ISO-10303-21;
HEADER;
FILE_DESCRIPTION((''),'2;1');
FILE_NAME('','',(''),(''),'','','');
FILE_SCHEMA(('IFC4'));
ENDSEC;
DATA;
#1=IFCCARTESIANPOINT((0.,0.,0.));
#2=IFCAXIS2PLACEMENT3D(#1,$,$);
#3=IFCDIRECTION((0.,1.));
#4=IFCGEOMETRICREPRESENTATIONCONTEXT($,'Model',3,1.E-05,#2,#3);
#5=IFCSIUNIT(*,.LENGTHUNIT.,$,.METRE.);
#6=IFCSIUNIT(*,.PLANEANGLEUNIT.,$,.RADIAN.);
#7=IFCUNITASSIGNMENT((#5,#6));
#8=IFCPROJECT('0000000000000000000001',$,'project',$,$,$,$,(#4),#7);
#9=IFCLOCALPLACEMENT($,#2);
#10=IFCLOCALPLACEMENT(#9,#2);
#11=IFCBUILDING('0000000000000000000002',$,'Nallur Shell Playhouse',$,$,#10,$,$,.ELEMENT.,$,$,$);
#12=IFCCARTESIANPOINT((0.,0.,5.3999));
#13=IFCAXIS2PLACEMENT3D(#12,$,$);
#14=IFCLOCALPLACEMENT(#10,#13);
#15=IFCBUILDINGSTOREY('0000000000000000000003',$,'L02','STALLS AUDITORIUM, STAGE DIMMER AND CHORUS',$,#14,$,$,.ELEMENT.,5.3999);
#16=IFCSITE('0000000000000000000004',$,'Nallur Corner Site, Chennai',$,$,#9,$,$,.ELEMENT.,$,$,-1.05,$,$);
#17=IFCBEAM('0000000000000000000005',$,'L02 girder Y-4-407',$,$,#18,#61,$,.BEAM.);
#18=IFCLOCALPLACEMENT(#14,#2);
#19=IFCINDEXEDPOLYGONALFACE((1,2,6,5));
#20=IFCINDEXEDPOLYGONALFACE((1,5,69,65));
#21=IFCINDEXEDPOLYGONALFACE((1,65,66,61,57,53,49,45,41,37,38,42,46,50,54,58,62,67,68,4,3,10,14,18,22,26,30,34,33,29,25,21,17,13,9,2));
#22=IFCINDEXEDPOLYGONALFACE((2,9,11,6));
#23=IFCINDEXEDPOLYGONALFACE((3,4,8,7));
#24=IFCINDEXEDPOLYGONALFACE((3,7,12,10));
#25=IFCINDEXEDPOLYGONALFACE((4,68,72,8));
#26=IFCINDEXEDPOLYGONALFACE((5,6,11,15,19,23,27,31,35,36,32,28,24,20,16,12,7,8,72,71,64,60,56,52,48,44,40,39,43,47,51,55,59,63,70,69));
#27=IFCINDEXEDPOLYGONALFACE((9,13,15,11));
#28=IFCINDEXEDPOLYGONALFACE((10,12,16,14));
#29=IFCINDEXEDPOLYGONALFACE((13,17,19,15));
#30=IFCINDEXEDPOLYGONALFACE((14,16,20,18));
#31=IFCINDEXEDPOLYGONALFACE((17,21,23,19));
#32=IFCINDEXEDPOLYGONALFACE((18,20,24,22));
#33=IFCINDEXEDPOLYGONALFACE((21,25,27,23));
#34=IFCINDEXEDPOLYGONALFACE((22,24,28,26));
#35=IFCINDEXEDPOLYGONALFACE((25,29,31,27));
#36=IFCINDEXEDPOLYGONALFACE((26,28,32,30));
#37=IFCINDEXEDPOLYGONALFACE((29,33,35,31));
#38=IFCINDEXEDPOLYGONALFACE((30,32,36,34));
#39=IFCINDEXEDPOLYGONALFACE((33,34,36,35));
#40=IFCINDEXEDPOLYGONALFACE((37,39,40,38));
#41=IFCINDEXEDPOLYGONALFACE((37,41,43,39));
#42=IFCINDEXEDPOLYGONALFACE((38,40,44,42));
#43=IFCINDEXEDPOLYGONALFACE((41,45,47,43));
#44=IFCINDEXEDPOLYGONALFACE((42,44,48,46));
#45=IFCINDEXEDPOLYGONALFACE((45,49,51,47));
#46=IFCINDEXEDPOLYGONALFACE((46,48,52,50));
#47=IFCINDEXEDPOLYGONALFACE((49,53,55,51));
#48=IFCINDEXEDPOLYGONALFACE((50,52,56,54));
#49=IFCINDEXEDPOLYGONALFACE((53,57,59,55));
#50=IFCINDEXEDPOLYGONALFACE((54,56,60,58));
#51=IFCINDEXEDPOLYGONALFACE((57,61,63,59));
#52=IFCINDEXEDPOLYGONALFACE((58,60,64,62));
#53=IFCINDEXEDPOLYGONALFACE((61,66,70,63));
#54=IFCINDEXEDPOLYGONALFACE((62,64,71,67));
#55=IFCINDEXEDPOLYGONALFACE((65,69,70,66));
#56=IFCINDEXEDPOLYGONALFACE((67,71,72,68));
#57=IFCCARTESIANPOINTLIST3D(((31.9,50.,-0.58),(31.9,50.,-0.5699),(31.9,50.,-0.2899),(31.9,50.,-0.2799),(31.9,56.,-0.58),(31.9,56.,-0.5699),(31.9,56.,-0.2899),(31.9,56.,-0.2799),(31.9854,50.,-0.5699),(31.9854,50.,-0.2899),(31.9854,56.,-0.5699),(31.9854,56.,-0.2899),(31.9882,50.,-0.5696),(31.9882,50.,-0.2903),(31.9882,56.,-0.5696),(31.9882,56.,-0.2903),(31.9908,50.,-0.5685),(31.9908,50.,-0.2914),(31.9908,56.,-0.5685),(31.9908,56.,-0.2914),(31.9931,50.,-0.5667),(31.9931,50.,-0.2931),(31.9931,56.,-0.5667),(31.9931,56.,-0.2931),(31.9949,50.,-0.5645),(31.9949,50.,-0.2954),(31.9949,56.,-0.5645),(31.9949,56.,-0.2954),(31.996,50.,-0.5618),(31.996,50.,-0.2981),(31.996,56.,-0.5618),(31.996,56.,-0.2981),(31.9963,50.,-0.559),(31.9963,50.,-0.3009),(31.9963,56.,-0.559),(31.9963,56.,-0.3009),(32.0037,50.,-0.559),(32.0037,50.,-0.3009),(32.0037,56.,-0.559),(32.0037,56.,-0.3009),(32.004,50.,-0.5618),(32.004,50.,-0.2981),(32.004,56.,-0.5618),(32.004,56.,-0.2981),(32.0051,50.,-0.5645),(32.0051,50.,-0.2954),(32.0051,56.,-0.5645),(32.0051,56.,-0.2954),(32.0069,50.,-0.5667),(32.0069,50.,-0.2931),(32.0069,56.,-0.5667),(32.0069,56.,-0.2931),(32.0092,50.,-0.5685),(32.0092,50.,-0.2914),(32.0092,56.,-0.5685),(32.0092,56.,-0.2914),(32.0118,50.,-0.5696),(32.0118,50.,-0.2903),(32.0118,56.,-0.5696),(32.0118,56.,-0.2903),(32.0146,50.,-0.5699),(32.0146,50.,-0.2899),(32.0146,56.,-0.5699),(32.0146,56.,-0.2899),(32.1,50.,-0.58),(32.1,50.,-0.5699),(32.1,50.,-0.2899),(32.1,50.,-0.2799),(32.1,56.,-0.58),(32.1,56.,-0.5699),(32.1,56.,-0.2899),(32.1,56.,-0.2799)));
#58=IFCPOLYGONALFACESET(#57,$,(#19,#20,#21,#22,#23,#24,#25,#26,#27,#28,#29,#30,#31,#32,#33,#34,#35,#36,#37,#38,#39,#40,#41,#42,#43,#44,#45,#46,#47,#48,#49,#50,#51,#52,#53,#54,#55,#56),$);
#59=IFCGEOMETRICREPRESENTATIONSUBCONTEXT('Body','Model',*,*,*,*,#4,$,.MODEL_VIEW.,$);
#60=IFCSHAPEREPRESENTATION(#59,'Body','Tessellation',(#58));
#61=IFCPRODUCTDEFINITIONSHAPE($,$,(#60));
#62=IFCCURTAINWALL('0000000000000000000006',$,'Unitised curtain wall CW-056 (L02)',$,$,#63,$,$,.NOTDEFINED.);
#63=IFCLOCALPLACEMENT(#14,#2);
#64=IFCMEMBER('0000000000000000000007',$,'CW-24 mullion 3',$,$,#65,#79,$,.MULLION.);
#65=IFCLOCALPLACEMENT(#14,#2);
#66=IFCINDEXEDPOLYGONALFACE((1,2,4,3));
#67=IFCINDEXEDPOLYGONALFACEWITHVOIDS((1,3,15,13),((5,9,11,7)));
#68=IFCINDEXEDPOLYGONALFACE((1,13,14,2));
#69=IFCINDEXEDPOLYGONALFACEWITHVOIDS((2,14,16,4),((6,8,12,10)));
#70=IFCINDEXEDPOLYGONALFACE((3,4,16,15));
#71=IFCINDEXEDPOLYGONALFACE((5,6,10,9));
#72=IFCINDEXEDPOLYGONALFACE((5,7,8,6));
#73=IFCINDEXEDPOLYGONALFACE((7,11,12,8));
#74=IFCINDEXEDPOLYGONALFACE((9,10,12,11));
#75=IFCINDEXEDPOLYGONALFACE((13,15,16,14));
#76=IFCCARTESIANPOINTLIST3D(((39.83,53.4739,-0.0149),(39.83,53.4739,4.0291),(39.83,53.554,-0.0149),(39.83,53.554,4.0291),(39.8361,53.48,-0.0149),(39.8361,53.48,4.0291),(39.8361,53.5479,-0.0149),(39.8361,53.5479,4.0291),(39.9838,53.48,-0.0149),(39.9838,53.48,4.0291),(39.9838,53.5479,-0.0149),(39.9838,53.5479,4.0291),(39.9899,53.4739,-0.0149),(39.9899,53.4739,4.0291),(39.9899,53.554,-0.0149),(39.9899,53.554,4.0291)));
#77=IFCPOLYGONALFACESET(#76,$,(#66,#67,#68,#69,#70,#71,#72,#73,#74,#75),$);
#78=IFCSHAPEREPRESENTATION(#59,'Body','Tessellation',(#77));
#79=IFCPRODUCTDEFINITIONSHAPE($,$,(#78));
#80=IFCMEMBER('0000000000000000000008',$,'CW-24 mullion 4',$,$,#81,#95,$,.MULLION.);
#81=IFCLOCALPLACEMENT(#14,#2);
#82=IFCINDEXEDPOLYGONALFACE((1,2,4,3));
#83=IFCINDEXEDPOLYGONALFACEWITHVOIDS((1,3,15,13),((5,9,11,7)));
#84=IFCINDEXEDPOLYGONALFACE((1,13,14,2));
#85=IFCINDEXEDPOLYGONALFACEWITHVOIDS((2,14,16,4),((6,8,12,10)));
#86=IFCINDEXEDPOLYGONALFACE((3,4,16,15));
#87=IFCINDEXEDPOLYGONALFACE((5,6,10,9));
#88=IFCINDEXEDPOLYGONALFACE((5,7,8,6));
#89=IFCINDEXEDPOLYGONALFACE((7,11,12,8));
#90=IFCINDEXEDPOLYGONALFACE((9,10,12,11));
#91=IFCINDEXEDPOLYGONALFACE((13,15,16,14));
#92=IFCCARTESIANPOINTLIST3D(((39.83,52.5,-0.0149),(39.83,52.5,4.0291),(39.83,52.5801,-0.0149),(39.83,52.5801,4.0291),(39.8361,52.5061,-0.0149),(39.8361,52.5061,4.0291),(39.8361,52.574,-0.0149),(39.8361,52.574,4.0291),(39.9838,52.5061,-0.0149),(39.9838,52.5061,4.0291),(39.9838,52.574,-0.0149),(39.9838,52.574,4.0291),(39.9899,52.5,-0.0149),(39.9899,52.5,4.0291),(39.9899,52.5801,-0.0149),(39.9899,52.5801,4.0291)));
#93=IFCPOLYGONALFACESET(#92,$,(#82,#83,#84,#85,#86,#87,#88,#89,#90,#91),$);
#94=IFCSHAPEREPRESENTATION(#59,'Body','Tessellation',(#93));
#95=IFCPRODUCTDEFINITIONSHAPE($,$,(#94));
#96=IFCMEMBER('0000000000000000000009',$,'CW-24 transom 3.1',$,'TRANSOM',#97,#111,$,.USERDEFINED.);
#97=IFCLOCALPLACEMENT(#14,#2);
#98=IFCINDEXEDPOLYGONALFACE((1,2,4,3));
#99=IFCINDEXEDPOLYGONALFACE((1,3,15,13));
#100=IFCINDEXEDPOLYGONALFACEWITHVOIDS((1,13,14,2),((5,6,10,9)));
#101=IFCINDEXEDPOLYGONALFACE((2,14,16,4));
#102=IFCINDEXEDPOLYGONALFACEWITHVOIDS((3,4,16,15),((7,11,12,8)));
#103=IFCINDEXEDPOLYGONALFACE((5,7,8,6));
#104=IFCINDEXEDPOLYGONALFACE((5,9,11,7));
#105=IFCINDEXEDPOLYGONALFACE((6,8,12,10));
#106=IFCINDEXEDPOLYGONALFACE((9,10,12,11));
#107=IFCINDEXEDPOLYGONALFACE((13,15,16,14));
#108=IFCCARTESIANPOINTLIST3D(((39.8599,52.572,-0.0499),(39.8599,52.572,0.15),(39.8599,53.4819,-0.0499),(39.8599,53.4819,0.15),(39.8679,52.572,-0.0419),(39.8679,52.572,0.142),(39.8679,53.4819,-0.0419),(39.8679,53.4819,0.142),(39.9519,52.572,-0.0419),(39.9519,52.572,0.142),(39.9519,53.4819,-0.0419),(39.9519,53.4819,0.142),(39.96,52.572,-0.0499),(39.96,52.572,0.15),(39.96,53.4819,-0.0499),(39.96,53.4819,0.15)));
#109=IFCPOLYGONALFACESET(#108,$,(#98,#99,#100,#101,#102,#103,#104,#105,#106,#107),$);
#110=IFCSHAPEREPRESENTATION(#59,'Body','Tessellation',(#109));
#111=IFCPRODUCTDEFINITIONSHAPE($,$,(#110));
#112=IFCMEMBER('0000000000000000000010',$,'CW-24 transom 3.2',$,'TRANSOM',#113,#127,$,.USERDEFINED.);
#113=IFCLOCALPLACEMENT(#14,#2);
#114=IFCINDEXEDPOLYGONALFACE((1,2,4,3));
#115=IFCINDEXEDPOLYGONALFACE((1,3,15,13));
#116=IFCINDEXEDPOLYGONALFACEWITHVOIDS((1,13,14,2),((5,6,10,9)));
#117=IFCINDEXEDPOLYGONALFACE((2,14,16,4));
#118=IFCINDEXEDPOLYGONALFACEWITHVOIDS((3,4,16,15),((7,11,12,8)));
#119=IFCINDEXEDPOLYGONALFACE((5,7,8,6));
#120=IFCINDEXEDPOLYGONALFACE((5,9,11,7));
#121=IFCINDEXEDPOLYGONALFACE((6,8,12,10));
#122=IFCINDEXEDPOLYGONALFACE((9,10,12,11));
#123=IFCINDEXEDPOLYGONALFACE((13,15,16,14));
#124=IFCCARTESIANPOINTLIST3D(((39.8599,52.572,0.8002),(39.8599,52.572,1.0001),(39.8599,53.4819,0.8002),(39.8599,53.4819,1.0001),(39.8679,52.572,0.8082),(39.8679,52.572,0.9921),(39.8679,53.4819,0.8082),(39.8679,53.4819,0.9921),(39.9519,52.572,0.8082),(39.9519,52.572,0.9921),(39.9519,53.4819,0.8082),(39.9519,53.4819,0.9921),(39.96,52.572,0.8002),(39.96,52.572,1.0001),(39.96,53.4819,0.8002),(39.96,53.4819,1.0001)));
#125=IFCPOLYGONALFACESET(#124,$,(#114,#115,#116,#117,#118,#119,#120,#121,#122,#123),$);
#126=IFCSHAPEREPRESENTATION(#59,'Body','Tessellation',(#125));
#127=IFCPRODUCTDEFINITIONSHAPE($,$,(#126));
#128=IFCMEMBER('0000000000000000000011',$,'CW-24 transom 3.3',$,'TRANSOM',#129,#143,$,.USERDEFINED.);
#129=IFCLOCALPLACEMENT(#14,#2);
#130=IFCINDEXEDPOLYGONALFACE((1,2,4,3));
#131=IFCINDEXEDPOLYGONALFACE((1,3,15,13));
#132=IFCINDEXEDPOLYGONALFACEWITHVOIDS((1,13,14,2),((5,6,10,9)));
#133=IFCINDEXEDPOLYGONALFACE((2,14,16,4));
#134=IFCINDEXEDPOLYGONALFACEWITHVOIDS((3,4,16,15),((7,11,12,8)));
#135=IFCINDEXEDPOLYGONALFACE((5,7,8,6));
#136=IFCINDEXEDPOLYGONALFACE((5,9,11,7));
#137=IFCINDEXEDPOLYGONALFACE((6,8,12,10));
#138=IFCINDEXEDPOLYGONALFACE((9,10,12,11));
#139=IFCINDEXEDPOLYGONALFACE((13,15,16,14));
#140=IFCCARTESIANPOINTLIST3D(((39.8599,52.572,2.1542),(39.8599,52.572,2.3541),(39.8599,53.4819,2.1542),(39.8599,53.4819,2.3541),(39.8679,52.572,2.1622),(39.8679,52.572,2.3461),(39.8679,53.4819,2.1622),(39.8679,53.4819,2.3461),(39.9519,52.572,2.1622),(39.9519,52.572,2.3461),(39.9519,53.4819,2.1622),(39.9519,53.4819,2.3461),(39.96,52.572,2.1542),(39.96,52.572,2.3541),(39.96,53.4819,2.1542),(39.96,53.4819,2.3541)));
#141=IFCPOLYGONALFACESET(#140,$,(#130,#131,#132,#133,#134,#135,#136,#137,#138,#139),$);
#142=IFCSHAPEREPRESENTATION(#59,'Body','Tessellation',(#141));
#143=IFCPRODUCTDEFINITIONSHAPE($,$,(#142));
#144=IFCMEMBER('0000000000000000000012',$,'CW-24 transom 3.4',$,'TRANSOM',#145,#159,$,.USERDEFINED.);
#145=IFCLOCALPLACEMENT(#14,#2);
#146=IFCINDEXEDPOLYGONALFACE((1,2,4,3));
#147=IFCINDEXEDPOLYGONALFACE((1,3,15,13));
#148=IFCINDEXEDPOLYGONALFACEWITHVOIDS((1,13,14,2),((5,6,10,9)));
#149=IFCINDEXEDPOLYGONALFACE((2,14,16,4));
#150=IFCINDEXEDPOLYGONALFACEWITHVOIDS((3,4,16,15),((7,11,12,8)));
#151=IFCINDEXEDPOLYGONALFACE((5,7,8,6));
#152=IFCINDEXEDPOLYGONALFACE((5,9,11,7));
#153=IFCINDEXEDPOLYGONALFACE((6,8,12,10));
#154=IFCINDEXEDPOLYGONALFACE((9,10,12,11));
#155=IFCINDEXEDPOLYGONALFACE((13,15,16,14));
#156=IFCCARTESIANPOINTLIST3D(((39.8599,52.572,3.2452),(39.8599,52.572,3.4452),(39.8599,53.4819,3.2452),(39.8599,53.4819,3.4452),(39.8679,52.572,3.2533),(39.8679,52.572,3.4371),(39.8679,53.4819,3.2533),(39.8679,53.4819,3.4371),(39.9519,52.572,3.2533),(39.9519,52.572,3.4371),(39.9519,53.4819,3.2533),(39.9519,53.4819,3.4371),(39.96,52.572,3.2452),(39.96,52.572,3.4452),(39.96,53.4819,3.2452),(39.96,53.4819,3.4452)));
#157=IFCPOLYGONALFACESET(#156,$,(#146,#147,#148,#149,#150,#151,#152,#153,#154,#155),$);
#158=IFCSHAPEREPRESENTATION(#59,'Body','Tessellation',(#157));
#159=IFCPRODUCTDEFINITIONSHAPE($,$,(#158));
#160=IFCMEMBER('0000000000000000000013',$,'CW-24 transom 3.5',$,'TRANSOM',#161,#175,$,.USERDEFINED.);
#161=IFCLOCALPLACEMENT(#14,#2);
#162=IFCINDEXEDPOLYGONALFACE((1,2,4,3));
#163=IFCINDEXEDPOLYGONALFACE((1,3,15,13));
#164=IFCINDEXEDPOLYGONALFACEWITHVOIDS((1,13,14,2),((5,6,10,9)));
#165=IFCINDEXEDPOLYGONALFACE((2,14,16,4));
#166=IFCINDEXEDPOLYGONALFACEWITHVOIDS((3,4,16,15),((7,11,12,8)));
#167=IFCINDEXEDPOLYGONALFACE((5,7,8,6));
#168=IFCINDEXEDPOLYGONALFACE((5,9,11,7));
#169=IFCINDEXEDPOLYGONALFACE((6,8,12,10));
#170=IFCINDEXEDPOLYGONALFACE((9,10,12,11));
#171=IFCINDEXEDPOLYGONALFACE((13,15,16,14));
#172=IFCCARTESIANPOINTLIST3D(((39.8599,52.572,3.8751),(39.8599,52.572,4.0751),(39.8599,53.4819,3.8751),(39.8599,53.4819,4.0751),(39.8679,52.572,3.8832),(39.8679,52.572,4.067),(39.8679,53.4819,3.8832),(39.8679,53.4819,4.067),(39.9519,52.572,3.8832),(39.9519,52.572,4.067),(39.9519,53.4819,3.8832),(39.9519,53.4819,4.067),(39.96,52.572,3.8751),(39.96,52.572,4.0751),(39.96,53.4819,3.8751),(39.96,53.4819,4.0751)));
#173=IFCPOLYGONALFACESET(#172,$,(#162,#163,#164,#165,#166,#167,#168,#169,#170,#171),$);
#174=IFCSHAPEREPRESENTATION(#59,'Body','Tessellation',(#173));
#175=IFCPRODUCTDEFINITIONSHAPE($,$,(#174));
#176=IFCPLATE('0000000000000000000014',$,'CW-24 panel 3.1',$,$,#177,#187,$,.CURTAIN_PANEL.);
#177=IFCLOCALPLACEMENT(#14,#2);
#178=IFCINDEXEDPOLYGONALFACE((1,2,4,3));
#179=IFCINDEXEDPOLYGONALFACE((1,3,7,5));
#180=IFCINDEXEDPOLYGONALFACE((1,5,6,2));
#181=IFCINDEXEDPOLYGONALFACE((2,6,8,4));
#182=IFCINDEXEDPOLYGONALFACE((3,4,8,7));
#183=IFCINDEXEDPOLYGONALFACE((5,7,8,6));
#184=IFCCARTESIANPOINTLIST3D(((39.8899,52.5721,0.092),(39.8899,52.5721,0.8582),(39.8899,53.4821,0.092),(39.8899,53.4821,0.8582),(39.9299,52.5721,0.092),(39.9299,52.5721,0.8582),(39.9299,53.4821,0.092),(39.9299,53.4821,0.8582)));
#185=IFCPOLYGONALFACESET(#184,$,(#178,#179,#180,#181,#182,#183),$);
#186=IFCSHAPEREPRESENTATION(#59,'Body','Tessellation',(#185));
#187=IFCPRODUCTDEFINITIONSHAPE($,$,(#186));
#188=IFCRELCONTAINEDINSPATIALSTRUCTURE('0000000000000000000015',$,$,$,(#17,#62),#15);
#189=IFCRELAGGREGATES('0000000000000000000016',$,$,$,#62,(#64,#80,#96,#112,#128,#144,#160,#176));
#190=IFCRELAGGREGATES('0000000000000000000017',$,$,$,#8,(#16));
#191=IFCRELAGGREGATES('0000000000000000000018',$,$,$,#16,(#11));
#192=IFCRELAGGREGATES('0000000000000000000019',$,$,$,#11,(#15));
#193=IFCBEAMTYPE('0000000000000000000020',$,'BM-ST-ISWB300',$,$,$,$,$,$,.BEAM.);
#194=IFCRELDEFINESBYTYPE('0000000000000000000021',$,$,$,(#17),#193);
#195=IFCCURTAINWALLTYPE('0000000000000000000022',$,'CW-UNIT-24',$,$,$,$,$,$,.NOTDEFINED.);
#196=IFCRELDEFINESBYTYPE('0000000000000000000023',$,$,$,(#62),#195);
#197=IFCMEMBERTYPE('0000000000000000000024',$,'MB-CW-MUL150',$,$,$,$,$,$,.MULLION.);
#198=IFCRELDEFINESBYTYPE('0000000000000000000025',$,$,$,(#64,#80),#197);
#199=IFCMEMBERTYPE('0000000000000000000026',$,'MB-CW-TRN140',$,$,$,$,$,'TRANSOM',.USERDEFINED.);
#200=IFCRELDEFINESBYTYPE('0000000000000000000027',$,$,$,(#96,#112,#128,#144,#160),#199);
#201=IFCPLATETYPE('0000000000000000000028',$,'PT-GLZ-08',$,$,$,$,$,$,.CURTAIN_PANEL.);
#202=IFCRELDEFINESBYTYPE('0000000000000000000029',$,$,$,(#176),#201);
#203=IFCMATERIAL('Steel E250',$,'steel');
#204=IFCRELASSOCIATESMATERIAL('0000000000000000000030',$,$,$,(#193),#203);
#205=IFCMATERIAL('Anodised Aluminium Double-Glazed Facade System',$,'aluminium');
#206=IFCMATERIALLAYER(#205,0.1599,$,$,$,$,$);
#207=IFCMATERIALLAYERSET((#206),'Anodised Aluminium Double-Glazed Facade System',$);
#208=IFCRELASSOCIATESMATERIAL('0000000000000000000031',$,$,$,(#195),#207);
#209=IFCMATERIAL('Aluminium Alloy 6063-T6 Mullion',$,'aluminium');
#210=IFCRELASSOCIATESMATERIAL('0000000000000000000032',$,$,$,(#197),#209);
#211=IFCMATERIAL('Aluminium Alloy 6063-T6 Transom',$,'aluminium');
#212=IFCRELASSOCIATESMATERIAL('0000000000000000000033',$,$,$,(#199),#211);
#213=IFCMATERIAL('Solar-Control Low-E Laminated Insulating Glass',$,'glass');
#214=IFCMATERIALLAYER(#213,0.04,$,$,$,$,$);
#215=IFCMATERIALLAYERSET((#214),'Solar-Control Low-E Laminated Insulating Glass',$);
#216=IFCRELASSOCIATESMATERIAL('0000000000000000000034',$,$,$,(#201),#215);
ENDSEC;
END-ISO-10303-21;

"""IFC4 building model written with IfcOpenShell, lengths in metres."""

from ifc_helpers import new_model, si_unit, direction, frame, origin, origin_2d, place, context, subcontext, project, spatial, rectangle, hollow_rectangle, i_section, extrude, material, layer, layer_set, material_profile, profile_set, type_object, element, aggregate, save


model = new_model("IFC4")

# Units and contexts
model_context = context("Model", 3, precision=1e-05, world=origin(), true_north=direction((0.0, 1.0)))
body_context = subcontext(model_context, "Body", "Model", "MODEL_VIEW")
ifc_project = project(units=[si_unit("LENGTHUNIT", "METRE"), si_unit("PLANEANGLEUNIT", "RADIAN")], contexts=[model_context])

# Site, building, storey
site_placement = place(None, origin())
site = spatial("IfcSite", under=ifc_project, at=site_placement, Name="Nallur Corner Site, Chennai", CompositionType="ELEMENT", RefElevation=-1.05)
building_placement = place(site_placement, origin())
building = spatial("IfcBuilding", under=site, at=building_placement, Name="Nallur Shell Playhouse", CompositionType="ELEMENT")
storey_placement = place(building_placement, frame((0.0, 0.0, 5.3999)))
storey = spatial("IfcBuildingStorey", under=building, at=storey_placement, Name="L02", Description="STALLS AUDITORIUM, STAGE DIMMER AND CHORUS", CompositionType="ELEMENT", Elevation=5.3999)

# Beam
ifc_material_1 = material(Name="Steel E250", Category="steel")
ifc_material_profile_1 = material_profile(ifc_material_1, i_section(OverallWidth=0.2, OverallDepth=0.3, WebThickness=0.0073, FlangeThickness=0.01, FilletRadius=0.011, at=origin_2d()), Name="ISWB 300")
ifc_profile_set_1 = profile_set([ifc_material_profile_1], Name="Steel E250")
beam_type_1 = type_object("IfcBeamType", Name="BM-ST-ISWB300", PredefinedType="BEAM", material=ifc_profile_set_1)
beam_1_placement = place(storey_placement, frame((32.0, 50.0, -0.4299), z_axis=(0.0, 1.0, 0.0), x_axis=(-1.0, 0.0, 0.0)))
element("IfcBeam", 1, at=beam_1_placement, inside=storey, type_object=beam_type_1, Name="L02 girder Y-4-407", PredefinedType="BEAM", context=body_context, shape_type="SweptSolid", body=[
    extrude(i_section(OverallWidth=0.2, OverallDepth=0.3, WebThickness=0.0073, FlangeThickness=0.01, FilletRadius=0.011, at=origin_2d()), origin(), (0.0, 0.0, 1.0), 6.0),
])

# Curtain wall, members, plate
ifc_material_2 = material(Name="Anodised Aluminium Double-Glazed Facade System", Category="aluminium")
ifc_layer_1 = layer(ifc_material_2, 0.1599)
ifc_layer_set_1 = layer_set([ifc_layer_1], Name="Anodised Aluminium Double-Glazed Facade System")
curtain_wall_type = type_object("IfcCurtainWallType", Name="CW-UNIT-24", PredefinedType="NOTDEFINED", material=ifc_layer_set_1)
curtain_wall_placement = place(storey_placement, origin())
curtain_wall = element("IfcCurtainWall", 2, at=curtain_wall_placement, inside=storey, type_object=curtain_wall_type, Name="Unitised curtain wall CW-056 (L02)", PredefinedType="NOTDEFINED")
ifc_material_3 = material(Name="Aluminium Alloy 6063-T6 Mullion", Category="aluminium")
ifc_material_profile_2 = material_profile(ifc_material_3, hollow_rectangle(XDim=0.0801, YDim=0.1599, WallThickness=0.0061, at=origin_2d()), Name="RHS 160x80x6")
ifc_profile_set_2 = profile_set([ifc_material_profile_2], Name="Aluminium Alloy 6063-T6 Mullion")
member_type_1 = type_object("IfcMemberType", Name="MB-CW-MUL150", PredefinedType="MULLION", material=ifc_profile_set_2)
member_1_placement = place(storey_placement, frame((39.9099, 53.5139, -0.0149), z_axis=(0.0, 0.0, 1.0), x_axis=(0.0, -1.0, 0.0)))
member_1 = element("IfcMember", 3, at=member_1_placement, type_object=member_type_1, Name="CW-24 mullion 3", PredefinedType="MULLION", context=body_context, shape_type="SweptSolid", body=[
    extrude(hollow_rectangle(XDim=0.0801, YDim=0.1599, WallThickness=0.0061, at=origin_2d()), origin(), (0.0, 0.0, 1.0), 4.0439),
])
member_2_placement = place(storey_placement, frame((39.9099, 52.54, -0.0149), z_axis=(0.0, 0.0, 1.0), x_axis=(0.0, -1.0, 0.0)))
member_2 = element("IfcMember", 4, at=member_2_placement, type_object=member_type_1, Name="CW-24 mullion 4", PredefinedType="MULLION", context=body_context, shape_type="SweptSolid", body=[
    extrude(hollow_rectangle(XDim=0.0801, YDim=0.1599, WallThickness=0.0061, at=origin_2d()), origin(), (0.0, 0.0, 1.0), 4.0439),
])
ifc_material_4 = material(Name="Aluminium Alloy 6063-T6 Transom", Category="aluminium")
ifc_material_profile_3 = material_profile(ifc_material_4, hollow_rectangle(XDim=0.1001, YDim=0.2, WallThickness=0.0081, at=origin_2d()), Name="RHS 200x100x8")
ifc_profile_set_3 = profile_set([ifc_material_profile_3], Name="Aluminium Alloy 6063-T6 Transom")
member_type_2 = type_object("IfcMemberType", Name="MB-CW-TRN140", ElementType="TRANSOM", PredefinedType="USERDEFINED", material=ifc_profile_set_3)
member_3_placement = place(storey_placement, frame((39.9099, 53.4819, 0.05), z_axis=(0.0, -1.0, 0.0), x_axis=(1.0, 0.0, 0.0)))
member_3 = element("IfcMember", 5, at=member_3_placement, type_object=member_type_2, Name="CW-24 transom 3.1", ObjectType="TRANSOM", PredefinedType="USERDEFINED", context=body_context, shape_type="SweptSolid", body=[
    extrude(hollow_rectangle(XDim=0.1001, YDim=0.2, WallThickness=0.0081, at=origin_2d()), origin(), (0.0, 0.0, 1.0), 0.9099),
])
member_4_placement = place(storey_placement, frame((39.9099, 53.4819, 0.9001), z_axis=(0.0, -1.0, 0.0), x_axis=(1.0, 0.0, 0.0)))
member_4 = element("IfcMember", 6, at=member_4_placement, type_object=member_type_2, Name="CW-24 transom 3.2", ObjectType="TRANSOM", PredefinedType="USERDEFINED", context=body_context, shape_type="SweptSolid", body=[
    extrude(hollow_rectangle(XDim=0.1001, YDim=0.2, WallThickness=0.0081, at=origin_2d()), origin(), (0.0, 0.0, 1.0), 0.9099),
])
member_5_placement = place(storey_placement, frame((39.9099, 53.4819, 2.2542), z_axis=(0.0, -1.0, 0.0), x_axis=(1.0, 0.0, 0.0)))
member_5 = element("IfcMember", 7, at=member_5_placement, type_object=member_type_2, Name="CW-24 transom 3.3", ObjectType="TRANSOM", PredefinedType="USERDEFINED", context=body_context, shape_type="SweptSolid", body=[
    extrude(hollow_rectangle(XDim=0.1001, YDim=0.2, WallThickness=0.0081, at=origin_2d()), origin(), (0.0, 0.0, 1.0), 0.9099),
])
member_6_placement = place(storey_placement, frame((39.9099, 53.4819, 3.3452), z_axis=(0.0, -1.0, 0.0), x_axis=(1.0, 0.0, 0.0)))
member_6 = element("IfcMember", 8, at=member_6_placement, type_object=member_type_2, Name="CW-24 transom 3.4", ObjectType="TRANSOM", PredefinedType="USERDEFINED", context=body_context, shape_type="SweptSolid", body=[
    extrude(hollow_rectangle(XDim=0.1001, YDim=0.2, WallThickness=0.0081, at=origin_2d()), origin(), (0.0, 0.0, 1.0), 0.9099),
])
member_7_placement = place(storey_placement, frame((39.9099, 53.4819, 3.9751), z_axis=(0.0, -1.0, 0.0), x_axis=(1.0, 0.0, 0.0)))
member_7 = element("IfcMember", 9, at=member_7_placement, type_object=member_type_2, Name="CW-24 transom 3.5", ObjectType="TRANSOM", PredefinedType="USERDEFINED", context=body_context, shape_type="SweptSolid", body=[
    extrude(hollow_rectangle(XDim=0.1001, YDim=0.2, WallThickness=0.0081, at=origin_2d()), origin(), (0.0, 0.0, 1.0), 0.9099),
])
ifc_material_5 = material(Name="Solar-Control Low-E Laminated Insulating Glass", Category="glass")
ifc_layer_2 = layer(ifc_material_5, 0.04)
ifc_layer_set_2 = layer_set([ifc_layer_2], Name="Solar-Control Low-E Laminated Insulating Glass")
plate_type = type_object("IfcPlateType", Name="PT-GLZ-08", PredefinedType="CURTAIN_PANEL", material=ifc_layer_set_2)
plate_1_placement = place(storey_placement, frame((39.9099, 53.0271, 0.092), z_axis=(0.0, 0.0, 1.0), x_axis=(0.0, -1.0, 0.0)))
plate_1 = element("IfcPlate", 10, at=plate_1_placement, type_object=plate_type, Name="CW-24 panel 3.1", PredefinedType="CURTAIN_PANEL", context=body_context, shape_type="SweptSolid", body=[
    extrude(rectangle(XDim=0.9099, YDim=0.04, at=origin_2d()), origin(), (0.0, 0.0, 1.0), 0.7661),
])
aggregate(curtain_wall, [member_1, member_2, member_3, member_4, member_5, member_6, member_7, plate_1])

save(model, "model.ifc")
